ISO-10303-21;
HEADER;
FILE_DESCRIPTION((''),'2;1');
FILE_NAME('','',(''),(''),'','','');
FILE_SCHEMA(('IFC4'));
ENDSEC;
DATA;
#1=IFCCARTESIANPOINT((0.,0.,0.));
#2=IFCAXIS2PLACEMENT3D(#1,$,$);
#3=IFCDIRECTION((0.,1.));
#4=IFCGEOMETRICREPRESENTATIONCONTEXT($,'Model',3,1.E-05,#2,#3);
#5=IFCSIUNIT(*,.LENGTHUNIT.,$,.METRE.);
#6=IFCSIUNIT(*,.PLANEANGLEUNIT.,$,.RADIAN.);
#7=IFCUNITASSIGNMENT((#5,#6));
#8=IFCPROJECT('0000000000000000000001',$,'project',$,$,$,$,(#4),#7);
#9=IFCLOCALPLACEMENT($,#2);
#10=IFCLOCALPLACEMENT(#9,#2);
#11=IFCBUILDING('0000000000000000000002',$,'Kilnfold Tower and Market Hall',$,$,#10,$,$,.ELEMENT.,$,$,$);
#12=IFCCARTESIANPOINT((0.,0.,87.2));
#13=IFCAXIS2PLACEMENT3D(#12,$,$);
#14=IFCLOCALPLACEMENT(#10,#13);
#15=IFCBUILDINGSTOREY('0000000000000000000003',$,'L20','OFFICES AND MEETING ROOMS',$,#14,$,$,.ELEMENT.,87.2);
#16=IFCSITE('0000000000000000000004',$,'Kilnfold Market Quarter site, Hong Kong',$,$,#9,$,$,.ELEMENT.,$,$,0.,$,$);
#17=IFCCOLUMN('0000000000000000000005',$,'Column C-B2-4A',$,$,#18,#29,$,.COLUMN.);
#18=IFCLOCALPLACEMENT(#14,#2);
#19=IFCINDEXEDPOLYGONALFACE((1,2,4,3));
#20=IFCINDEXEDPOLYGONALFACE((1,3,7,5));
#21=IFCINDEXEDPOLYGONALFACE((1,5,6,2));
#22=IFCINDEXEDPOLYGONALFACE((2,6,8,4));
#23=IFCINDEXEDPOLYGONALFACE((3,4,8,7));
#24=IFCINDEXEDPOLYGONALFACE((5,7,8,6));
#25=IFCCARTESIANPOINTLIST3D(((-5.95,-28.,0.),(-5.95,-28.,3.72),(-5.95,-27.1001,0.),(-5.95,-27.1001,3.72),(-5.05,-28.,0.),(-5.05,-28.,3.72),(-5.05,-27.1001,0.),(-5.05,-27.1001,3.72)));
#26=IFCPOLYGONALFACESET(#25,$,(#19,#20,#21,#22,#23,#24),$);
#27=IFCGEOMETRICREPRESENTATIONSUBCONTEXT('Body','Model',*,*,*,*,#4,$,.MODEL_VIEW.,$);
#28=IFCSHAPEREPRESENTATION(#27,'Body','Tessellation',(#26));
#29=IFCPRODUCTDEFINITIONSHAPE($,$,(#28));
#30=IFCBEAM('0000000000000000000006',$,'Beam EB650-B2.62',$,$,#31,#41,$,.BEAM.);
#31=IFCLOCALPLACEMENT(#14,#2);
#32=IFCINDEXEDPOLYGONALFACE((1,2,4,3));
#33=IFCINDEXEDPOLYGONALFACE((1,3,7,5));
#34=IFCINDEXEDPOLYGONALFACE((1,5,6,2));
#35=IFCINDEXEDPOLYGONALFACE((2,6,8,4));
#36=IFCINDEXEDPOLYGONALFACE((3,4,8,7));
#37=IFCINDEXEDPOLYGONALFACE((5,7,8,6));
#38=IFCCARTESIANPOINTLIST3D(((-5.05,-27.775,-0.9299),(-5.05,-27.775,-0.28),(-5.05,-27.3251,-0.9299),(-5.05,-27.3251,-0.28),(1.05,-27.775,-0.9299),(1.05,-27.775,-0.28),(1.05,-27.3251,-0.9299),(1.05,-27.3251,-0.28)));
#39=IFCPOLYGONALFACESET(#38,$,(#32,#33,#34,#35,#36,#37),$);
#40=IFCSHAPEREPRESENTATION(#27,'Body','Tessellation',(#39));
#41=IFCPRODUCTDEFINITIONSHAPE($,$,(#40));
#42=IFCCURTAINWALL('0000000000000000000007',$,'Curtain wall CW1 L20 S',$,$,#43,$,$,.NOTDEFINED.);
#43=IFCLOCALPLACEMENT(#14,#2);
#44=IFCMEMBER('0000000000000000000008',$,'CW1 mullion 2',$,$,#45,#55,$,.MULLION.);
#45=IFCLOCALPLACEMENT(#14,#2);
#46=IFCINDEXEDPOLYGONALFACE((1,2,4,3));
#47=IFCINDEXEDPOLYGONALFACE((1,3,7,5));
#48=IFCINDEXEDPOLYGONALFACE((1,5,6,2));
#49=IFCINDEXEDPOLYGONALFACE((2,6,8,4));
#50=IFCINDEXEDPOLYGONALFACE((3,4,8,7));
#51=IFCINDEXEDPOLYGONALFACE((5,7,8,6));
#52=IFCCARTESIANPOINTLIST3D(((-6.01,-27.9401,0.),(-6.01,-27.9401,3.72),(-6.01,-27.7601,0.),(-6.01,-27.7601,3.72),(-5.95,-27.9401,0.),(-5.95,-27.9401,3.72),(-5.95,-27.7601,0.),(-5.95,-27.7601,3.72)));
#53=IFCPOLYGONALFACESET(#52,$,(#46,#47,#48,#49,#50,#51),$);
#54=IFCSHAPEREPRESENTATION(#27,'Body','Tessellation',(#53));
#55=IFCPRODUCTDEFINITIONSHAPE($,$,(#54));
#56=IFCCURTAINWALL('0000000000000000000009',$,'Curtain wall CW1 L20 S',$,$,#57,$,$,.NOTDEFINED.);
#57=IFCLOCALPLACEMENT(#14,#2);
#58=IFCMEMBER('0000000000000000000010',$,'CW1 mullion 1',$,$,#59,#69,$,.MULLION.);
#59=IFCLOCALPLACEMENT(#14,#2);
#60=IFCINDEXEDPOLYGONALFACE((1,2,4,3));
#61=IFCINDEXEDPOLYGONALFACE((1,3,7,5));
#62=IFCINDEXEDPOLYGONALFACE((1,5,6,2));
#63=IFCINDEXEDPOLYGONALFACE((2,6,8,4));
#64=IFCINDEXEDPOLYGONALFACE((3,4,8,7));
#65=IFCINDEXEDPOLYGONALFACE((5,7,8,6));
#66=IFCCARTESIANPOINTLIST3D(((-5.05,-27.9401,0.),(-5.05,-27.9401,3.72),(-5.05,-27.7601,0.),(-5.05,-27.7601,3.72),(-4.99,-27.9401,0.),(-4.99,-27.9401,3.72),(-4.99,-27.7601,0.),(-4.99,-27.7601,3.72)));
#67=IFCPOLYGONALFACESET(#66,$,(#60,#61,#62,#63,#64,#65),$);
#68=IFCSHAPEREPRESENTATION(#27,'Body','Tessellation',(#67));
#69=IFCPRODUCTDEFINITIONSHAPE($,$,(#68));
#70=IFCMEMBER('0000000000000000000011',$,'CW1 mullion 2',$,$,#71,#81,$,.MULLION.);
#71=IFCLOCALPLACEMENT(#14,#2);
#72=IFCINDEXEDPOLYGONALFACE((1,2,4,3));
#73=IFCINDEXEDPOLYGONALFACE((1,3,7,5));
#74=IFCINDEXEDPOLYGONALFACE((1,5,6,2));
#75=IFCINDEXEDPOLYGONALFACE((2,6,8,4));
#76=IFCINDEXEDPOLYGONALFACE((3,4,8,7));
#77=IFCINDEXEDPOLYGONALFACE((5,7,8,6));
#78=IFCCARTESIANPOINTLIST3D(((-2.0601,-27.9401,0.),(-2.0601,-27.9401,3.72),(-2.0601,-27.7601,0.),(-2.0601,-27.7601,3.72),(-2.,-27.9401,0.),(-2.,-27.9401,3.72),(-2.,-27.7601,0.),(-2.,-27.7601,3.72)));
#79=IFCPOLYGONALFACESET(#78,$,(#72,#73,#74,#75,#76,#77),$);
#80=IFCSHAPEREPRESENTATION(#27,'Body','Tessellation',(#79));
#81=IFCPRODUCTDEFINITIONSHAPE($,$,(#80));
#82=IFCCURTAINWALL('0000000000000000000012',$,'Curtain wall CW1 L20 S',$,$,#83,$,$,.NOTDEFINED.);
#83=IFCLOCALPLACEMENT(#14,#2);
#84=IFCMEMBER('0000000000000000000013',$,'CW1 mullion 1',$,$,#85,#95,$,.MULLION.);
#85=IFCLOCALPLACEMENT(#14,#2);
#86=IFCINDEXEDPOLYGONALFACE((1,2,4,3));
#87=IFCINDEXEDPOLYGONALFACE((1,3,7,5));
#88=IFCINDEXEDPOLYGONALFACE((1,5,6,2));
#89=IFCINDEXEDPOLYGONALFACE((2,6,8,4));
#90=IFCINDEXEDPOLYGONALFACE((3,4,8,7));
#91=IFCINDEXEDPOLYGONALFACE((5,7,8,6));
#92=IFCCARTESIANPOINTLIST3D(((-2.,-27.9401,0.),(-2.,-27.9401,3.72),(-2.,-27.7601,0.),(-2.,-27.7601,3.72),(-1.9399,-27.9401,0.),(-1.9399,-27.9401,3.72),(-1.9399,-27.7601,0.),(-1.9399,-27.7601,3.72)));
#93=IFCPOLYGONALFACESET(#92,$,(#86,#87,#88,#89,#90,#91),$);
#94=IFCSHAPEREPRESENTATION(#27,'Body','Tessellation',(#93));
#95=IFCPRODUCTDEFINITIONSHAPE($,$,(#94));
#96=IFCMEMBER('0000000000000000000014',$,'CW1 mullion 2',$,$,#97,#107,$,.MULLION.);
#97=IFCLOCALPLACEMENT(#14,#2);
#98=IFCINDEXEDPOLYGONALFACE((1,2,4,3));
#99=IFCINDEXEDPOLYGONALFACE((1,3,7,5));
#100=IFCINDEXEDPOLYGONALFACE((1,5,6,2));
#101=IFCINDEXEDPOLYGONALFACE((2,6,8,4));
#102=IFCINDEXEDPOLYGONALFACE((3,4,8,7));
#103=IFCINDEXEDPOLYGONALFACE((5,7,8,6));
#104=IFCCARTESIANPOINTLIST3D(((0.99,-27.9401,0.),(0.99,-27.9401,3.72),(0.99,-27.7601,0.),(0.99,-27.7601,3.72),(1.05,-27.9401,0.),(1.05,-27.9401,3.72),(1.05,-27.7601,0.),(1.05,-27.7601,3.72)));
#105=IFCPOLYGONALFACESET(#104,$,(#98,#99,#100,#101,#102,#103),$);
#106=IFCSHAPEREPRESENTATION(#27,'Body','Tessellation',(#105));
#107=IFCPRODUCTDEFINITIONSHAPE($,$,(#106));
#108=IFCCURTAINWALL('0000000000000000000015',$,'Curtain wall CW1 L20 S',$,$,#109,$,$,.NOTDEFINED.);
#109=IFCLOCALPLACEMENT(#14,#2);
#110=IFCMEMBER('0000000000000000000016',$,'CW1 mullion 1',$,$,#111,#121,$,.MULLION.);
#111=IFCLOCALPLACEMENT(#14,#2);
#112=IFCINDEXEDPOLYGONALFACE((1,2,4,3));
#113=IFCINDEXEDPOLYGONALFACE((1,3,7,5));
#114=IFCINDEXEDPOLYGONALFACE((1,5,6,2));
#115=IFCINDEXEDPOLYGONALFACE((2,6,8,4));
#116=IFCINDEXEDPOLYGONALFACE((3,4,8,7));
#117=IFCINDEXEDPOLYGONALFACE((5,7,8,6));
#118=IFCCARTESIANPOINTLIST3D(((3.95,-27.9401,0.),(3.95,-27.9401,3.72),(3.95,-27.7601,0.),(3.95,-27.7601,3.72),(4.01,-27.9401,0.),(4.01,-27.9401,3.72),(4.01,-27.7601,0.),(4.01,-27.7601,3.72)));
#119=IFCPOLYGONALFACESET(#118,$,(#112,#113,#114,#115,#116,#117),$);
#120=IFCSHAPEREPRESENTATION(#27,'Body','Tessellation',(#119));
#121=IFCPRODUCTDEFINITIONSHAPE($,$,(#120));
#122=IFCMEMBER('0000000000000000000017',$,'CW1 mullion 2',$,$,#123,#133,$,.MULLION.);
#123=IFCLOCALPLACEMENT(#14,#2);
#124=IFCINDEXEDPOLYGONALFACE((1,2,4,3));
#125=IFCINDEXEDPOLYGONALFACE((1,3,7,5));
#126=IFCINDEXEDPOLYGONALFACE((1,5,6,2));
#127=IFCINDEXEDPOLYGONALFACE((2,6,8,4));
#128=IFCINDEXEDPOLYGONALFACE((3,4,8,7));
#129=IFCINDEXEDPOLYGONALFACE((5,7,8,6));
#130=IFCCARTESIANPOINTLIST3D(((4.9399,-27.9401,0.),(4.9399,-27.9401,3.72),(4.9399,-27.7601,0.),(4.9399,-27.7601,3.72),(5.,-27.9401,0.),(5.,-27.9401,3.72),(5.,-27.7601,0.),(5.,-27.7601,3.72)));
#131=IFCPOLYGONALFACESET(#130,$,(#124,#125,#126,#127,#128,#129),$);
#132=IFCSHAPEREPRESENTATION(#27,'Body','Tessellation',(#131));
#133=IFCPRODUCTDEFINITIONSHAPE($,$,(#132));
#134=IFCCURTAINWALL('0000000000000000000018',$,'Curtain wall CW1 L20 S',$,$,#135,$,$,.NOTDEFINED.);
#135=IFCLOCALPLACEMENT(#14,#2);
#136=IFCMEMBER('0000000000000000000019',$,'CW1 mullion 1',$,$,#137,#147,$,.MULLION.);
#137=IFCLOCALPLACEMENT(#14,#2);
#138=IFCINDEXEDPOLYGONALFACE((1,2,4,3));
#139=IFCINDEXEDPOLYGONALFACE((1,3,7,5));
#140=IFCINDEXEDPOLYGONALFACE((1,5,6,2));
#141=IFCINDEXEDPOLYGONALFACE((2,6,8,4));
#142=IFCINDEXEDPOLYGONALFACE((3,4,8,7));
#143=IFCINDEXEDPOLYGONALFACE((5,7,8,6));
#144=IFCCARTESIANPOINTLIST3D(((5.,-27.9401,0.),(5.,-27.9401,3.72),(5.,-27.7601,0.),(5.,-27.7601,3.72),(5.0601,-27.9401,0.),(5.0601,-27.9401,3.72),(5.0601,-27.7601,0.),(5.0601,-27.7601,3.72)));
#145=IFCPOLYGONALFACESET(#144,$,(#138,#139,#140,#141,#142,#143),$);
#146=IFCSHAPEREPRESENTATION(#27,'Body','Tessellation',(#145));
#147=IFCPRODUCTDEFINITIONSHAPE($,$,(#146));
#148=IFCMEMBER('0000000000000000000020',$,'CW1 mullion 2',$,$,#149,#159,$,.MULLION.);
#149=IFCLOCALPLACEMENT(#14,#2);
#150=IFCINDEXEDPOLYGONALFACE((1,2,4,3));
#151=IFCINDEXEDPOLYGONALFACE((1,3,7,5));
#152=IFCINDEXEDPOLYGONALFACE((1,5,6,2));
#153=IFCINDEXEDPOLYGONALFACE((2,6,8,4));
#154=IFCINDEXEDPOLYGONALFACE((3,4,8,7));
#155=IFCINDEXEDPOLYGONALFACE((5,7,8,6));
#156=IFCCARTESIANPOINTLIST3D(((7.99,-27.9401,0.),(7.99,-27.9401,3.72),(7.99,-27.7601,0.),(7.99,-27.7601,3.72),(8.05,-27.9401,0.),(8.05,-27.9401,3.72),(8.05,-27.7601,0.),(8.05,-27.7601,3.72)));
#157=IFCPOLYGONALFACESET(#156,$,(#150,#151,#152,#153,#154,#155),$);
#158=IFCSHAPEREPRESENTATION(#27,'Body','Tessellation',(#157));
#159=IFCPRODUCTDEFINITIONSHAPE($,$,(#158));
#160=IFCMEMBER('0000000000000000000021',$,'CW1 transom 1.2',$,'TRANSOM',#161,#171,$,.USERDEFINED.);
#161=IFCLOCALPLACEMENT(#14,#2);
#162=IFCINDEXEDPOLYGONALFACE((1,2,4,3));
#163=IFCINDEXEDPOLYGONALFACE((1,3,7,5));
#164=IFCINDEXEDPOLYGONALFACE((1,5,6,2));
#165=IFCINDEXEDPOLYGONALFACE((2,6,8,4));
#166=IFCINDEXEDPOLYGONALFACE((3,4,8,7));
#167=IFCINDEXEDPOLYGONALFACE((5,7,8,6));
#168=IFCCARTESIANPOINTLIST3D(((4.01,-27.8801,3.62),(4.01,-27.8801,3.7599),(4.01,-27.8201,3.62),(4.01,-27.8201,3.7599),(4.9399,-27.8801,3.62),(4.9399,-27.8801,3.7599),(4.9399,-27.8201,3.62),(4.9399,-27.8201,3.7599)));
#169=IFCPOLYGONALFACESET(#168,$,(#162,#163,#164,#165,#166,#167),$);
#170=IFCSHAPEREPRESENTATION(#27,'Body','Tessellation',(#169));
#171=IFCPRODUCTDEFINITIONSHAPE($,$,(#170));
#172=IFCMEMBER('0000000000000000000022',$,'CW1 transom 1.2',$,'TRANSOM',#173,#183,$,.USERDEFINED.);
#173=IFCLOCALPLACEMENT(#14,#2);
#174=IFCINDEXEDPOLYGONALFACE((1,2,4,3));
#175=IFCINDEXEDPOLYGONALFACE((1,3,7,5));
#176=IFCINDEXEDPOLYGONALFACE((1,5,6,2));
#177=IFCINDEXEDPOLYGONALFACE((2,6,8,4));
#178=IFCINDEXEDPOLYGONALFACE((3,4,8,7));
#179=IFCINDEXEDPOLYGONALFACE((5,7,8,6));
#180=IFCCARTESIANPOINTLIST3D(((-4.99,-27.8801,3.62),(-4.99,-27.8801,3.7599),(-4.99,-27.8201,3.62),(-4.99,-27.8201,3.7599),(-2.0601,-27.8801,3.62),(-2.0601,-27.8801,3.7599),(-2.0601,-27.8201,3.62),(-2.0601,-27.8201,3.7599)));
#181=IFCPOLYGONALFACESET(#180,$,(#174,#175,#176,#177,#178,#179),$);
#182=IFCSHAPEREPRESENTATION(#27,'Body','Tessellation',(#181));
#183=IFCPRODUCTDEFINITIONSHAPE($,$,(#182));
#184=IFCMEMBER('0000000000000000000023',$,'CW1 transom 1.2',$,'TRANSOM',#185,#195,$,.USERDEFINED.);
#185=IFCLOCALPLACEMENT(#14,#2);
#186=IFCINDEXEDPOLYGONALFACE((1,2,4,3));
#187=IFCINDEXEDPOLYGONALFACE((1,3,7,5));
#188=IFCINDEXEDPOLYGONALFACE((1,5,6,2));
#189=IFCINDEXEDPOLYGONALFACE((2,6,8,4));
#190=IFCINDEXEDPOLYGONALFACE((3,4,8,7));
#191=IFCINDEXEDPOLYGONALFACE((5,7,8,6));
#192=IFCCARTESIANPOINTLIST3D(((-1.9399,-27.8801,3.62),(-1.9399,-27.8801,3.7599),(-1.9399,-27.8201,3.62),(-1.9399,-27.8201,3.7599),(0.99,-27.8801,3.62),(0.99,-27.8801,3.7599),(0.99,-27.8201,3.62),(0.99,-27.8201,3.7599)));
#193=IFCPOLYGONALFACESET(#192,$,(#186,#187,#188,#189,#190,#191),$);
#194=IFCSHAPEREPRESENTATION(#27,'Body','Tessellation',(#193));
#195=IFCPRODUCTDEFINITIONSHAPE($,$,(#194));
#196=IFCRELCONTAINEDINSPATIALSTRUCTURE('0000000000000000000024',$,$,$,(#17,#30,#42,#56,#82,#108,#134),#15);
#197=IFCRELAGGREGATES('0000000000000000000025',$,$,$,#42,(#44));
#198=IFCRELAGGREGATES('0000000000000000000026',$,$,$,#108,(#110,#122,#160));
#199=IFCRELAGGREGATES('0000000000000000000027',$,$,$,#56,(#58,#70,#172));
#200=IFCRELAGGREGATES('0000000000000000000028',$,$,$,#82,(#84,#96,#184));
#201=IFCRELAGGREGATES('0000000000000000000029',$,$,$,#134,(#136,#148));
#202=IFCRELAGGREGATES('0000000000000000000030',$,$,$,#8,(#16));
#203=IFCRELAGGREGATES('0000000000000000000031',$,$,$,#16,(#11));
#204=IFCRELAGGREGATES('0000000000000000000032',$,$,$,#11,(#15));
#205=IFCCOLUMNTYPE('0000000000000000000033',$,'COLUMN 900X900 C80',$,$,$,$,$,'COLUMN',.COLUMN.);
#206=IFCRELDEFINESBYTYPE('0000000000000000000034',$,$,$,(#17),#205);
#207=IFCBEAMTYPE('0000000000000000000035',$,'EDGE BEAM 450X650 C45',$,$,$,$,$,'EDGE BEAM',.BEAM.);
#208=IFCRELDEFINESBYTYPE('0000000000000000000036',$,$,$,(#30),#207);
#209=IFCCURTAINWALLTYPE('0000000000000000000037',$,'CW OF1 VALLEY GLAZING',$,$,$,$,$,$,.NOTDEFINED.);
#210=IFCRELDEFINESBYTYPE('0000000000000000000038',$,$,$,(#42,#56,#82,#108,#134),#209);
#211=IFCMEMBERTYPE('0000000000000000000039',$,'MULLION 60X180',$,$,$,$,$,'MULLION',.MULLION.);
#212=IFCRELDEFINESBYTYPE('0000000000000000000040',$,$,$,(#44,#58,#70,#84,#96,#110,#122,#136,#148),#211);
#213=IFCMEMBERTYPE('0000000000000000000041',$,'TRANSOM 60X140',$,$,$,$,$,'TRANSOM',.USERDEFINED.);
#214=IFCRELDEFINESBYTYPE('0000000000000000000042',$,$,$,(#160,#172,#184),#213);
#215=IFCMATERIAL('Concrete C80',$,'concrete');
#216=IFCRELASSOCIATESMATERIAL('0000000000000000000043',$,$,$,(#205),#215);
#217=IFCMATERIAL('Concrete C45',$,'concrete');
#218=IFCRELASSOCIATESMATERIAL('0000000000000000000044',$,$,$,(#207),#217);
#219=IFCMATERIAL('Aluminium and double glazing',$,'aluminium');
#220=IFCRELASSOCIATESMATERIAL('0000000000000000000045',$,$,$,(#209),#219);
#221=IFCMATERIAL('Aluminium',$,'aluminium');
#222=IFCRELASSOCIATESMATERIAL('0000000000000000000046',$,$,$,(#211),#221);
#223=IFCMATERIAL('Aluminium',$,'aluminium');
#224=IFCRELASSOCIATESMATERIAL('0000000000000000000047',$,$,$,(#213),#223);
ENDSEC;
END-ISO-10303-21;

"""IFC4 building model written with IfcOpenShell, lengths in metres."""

from ifc_helpers import new_model, si_unit, direction, frame, origin, origin_2d, place, context, subcontext, project, spatial, rectangle, extrude, source, transform, mapped, material, material_profile, profile_set, type_object, element, aggregate, save


model = new_model("IFC4")

# Units and contexts
model_context = context("Model", 3, precision=1e-05, world=origin(), true_north=direction((0.0, 1.0)))
body_context = subcontext(model_context, "Body", "Model", "MODEL_VIEW")
ifc_project = project(units=[si_unit("LENGTHUNIT", "METRE"), si_unit("PLANEANGLEUNIT", "RADIAN")], contexts=[model_context])

# Site, building, storey
site_placement = place(None, origin())
site = spatial("IfcSite", under=ifc_project, at=site_placement, Name="Kilnfold Market Quarter site, Hong Kong", CompositionType="ELEMENT", RefElevation=0.0)
building_placement = place(site_placement, origin())
building = spatial("IfcBuilding", under=site, at=building_placement, Name="Kilnfold Tower and Market Hall", CompositionType="ELEMENT")
storey_placement = place(building_placement, frame((0.0, 0.0, 87.2)))
storey = spatial("IfcBuildingStorey", under=building, at=storey_placement, Name="L20", Description="OFFICES AND MEETING ROOMS", CompositionType="ELEMENT", Elevation=87.2)

# Column
ifc_material_1 = material(Name="Concrete C80", Category="concrete")
ifc_material_profile_1 = material_profile(ifc_material_1, rectangle(XDim=0.8999, YDim=0.8999, at=origin_2d()), Name="RC 900x900")
ifc_profile_set_1 = profile_set([ifc_material_profile_1], Name="Concrete C80")
column_type = type_object("IfcColumnType", Name="COLUMN 900X900 C80", ElementType="COLUMN", PredefinedType="COLUMN", material=ifc_profile_set_1)
shared_shape_1 = source(origin(), body_context, "Body", "SweptSolid", [
    extrude(rectangle(XDim=0.8999, YDim=0.8999, at=origin_2d()), origin(), (0.0, 0.0, 1.0), 3.72),
])
column_placement = place(storey_placement, frame((-5.5, -27.55, 0.0), z_axis=(0.0, 0.0, 1.0), x_axis=(1.0, 0.0, 0.0)))
element("IfcColumn", 1, at=column_placement, inside=storey, type_object=column_type, Name="Column C-B2-4A", PredefinedType="COLUMN", context=body_context, shape_type="MappedRepresentation", body=[
    mapped(shared_shape_1, transform((0.0, 0.0, 0.0))),
])

# Beam
ifc_material_2 = material(Name="Concrete C45", Category="concrete")
ifc_material_profile_2 = material_profile(ifc_material_2, rectangle(XDim=0.45, YDim=0.6499, at=origin_2d()), Name="RC 450x650")
ifc_profile_set_2 = profile_set([ifc_material_profile_2], Name="Concrete C45")
beam_type = type_object("IfcBeamType", Name="EDGE BEAM 450X650 C45", ElementType="EDGE BEAM", PredefinedType="BEAM", material=ifc_profile_set_2)
shared_shape_2 = source(origin(), body_context, "Body", "SweptSolid", [
    extrude(rectangle(XDim=0.45, YDim=0.6499, at=origin_2d()), origin(), (0.0, 0.0, 1.0), 6.1001),
])
beam_placement = place(storey_placement, frame((-5.05, -27.55, -0.605), z_axis=(1.0, 0.0, 0.0), x_axis=(0.0, 1.0, 0.0)))
element("IfcBeam", 2, at=beam_placement, inside=storey, type_object=beam_type, Name="Beam EB650-B2.62", PredefinedType="BEAM", context=body_context, shape_type="MappedRepresentation", body=[
    mapped(shared_shape_2, transform((0.0, 0.0, 0.0))),
])

# Curtain wall, member
ifc_material_3 = material(Name="Aluminium and double glazing", Category="aluminium")
curtain_wall_type = type_object("IfcCurtainWallType", Name="CW OF1 VALLEY GLAZING", PredefinedType="NOTDEFINED", material=ifc_material_3)
curtain_wall_1_placement = place(storey_placement, origin())
curtain_wall_1 = element("IfcCurtainWall", 3, at=curtain_wall_1_placement, inside=storey, type_object=curtain_wall_type, Name="Curtain wall CW1 L20 S", PredefinedType="NOTDEFINED")
ifc_material_4 = material(Name="Aluminium", Category="aluminium")
ifc_material_profile_3 = material_profile(ifc_material_4, rectangle(XDim=0.0601, YDim=0.1799, at=origin_2d()), Name="MULLION 60x180")
ifc_profile_set_3 = profile_set([ifc_material_profile_3], Name="Aluminium")
member_type_1 = type_object("IfcMemberType", Name="MULLION 60X180", ElementType="MULLION", PredefinedType="MULLION", material=ifc_profile_set_3)
shared_shape_3 = source(origin(), body_context, "Body", "SweptSolid", [
    extrude(rectangle(XDim=0.0601, YDim=0.1799, at=origin_2d()), origin(), (0.0, 0.0, 1.0), 3.72),
])
member_1_placement = place(storey_placement, frame((-5.98, -27.8501, 0.0), z_axis=(0.0, 0.0, 1.0), x_axis=(1.0, 0.0, 0.0)))
member_1 = element("IfcMember", 4, at=member_1_placement, type_object=member_type_1, Name="CW1 mullion 2", PredefinedType="MULLION", context=body_context, shape_type="MappedRepresentation", body=[
    mapped(shared_shape_3, transform((0.0, 0.0, 0.0))),
])
aggregate(curtain_wall_1, [member_1])

# Curtain walls, members
curtain_wall_2_placement = place(storey_placement, origin())
curtain_wall_2 = element("IfcCurtainWall", 5, at=curtain_wall_2_placement, inside=storey, type_object=curtain_wall_type, Name="Curtain wall CW1 L20 S", PredefinedType="NOTDEFINED")
member_2_placement = place(storey_placement, frame((-5.02, -27.8501, 0.0), z_axis=(0.0, 0.0, 1.0), x_axis=(1.0, 0.0, 0.0)))
member_2 = element("IfcMember", 6, at=member_2_placement, type_object=member_type_1, Name="CW1 mullion 1", PredefinedType="MULLION", context=body_context, shape_type="MappedRepresentation", body=[
    mapped(shared_shape_3, transform((0.0, 0.0, 0.0))),
])
member_3_placement = place(storey_placement, frame((-2.03, -27.8501, 0.0), z_axis=(0.0, 0.0, 1.0), x_axis=(1.0, 0.0, 0.0)))
member_3 = element("IfcMember", 7, at=member_3_placement, type_object=member_type_1, Name="CW1 mullion 2", PredefinedType="MULLION", context=body_context, shape_type="MappedRepresentation", body=[
    mapped(shared_shape_3, transform((0.0, 0.0, 0.0))),
])
curtain_wall_3_placement = place(storey_placement, origin())
curtain_wall_3 = element("IfcCurtainWall", 8, at=curtain_wall_3_placement, inside=storey, type_object=curtain_wall_type, Name="Curtain wall CW1 L20 S", PredefinedType="NOTDEFINED")
member_4_placement = place(storey_placement, frame((-1.97, -27.8501, 0.0), z_axis=(0.0, 0.0, 1.0), x_axis=(1.0, 0.0, 0.0)))
member_4 = element("IfcMember", 9, at=member_4_placement, type_object=member_type_1, Name="CW1 mullion 1", PredefinedType="MULLION", context=body_context, shape_type="MappedRepresentation", body=[
    mapped(shared_shape_3, transform((0.0, 0.0, 0.0))),
])
member_5_placement = place(storey_placement, frame((1.02, -27.8501, 0.0), z_axis=(0.0, 0.0, 1.0), x_axis=(1.0, 0.0, 0.0)))
member_5 = element("IfcMember", 10, at=member_5_placement, type_object=member_type_1, Name="CW1 mullion 2", PredefinedType="MULLION", context=body_context, shape_type="MappedRepresentation", body=[
    mapped(shared_shape_3, transform((0.0, 0.0, 0.0))),
])
curtain_wall_4_placement = place(storey_placement, origin())
curtain_wall_4 = element("IfcCurtainWall", 11, at=curtain_wall_4_placement, inside=storey, type_object=curtain_wall_type, Name="Curtain wall CW1 L20 S", PredefinedType="NOTDEFINED")
member_6_placement = place(storey_placement, frame((3.98, -27.8501, 0.0), z_axis=(0.0, 0.0, 1.0), x_axis=(1.0, 0.0, 0.0)))
member_6 = element("IfcMember", 12, at=member_6_placement, type_object=member_type_1, Name="CW1 mullion 1", PredefinedType="MULLION", context=body_context, shape_type="MappedRepresentation", body=[
    mapped(shared_shape_3, transform((0.0, 0.0, 0.0))),
])
member_7_placement = place(storey_placement, frame((4.97, -27.8501, 0.0), z_axis=(0.0, 0.0, 1.0), x_axis=(1.0, 0.0, 0.0)))
member_7 = element("IfcMember", 13, at=member_7_placement, type_object=member_type_1, Name="CW1 mullion 2", PredefinedType="MULLION", context=body_context, shape_type="MappedRepresentation", body=[
    mapped(shared_shape_3, transform((0.0, 0.0, 0.0))),
])
curtain_wall_5_placement = place(storey_placement, origin())
curtain_wall_5 = element("IfcCurtainWall", 14, at=curtain_wall_5_placement, inside=storey, type_object=curtain_wall_type, Name="Curtain wall CW1 L20 S", PredefinedType="NOTDEFINED")
member_8_placement = place(storey_placement, frame((5.03, -27.8501, 0.0), z_axis=(0.0, 0.0, 1.0), x_axis=(1.0, 0.0, 0.0)))
member_8 = element("IfcMember", 15, at=member_8_placement, type_object=member_type_1, Name="CW1 mullion 1", PredefinedType="MULLION", context=body_context, shape_type="MappedRepresentation", body=[
    mapped(shared_shape_3, transform((0.0, 0.0, 0.0))),
])
member_9_placement = place(storey_placement, frame((8.02, -27.8501, 0.0), z_axis=(0.0, 0.0, 1.0), x_axis=(1.0, 0.0, 0.0)))
member_9 = element("IfcMember", 16, at=member_9_placement, type_object=member_type_1, Name="CW1 mullion 2", PredefinedType="MULLION", context=body_context, shape_type="MappedRepresentation", body=[
    mapped(shared_shape_3, transform((0.0, 0.0, 0.0))),
])

# Members
ifc_material_5 = material(Name="Aluminium", Category="aluminium")
ifc_material_profile_4 = material_profile(ifc_material_5, rectangle(XDim=0.0601, YDim=0.1399, at=origin_2d()), Name="TRANSOM 60x140")
ifc_profile_set_4 = profile_set([ifc_material_profile_4], Name="Aluminium")
member_type_2 = type_object("IfcMemberType", Name="TRANSOM 60X140", ElementType="TRANSOM", PredefinedType="USERDEFINED", material=ifc_profile_set_4)
shared_shape_4 = source(origin(), body_context, "Body", "SweptSolid", [
    extrude(rectangle(XDim=0.0601, YDim=0.1399, at=origin_2d()), origin(), (0.0, 0.0, 1.0), 0.9299),
])
member_10_placement = place(storey_placement, frame((4.01, -27.8501, 3.6899), z_axis=(1.0, 0.0, 0.0), x_axis=(0.0, 1.0, 0.0)))
member_10 = element("IfcMember", 17, at=member_10_placement, type_object=member_type_2, Name="CW1 transom 1.2", ObjectType="TRANSOM", PredefinedType="USERDEFINED", context=body_context, shape_type="MappedRepresentation", body=[
    mapped(shared_shape_4, transform((0.0, 0.0, 0.0))),
])
shared_shape_5 = source(origin(), body_context, "Body", "SweptSolid", [
    extrude(rectangle(XDim=0.0601, YDim=0.1399, at=origin_2d()), origin(), (0.0, 0.0, 1.0), 2.9299),
])
member_11_placement = place(storey_placement, frame((-4.99, -27.8501, 3.6899), z_axis=(1.0, 0.0, 0.0), x_axis=(0.0, 1.0, 0.0)))
member_11 = element("IfcMember", 18, at=member_11_placement, type_object=member_type_2, Name="CW1 transom 1.2", ObjectType="TRANSOM", PredefinedType="USERDEFINED", context=body_context, shape_type="MappedRepresentation", body=[
    mapped(shared_shape_5, transform((0.0, 0.0, 0.0))),
])
member_12_placement = place(storey_placement, frame((-1.9399, -27.8501, 3.6899), z_axis=(1.0, 0.0, 0.0), x_axis=(0.0, 1.0, 0.0)))
member_12 = element("IfcMember", 19, at=member_12_placement, type_object=member_type_2, Name="CW1 transom 1.2", ObjectType="TRANSOM", PredefinedType="USERDEFINED", context=body_context, shape_type="MappedRepresentation", body=[
    mapped(shared_shape_5, transform((0.0, 0.0, 0.0))),
])

aggregate(curtain_wall_4, [member_6, member_7, member_10])
aggregate(curtain_wall_2, [member_2, member_3, member_11])
aggregate(curtain_wall_3, [member_4, member_5, member_12])
aggregate(curtain_wall_5, [member_8, member_9])

save(model, "model.ifc")
